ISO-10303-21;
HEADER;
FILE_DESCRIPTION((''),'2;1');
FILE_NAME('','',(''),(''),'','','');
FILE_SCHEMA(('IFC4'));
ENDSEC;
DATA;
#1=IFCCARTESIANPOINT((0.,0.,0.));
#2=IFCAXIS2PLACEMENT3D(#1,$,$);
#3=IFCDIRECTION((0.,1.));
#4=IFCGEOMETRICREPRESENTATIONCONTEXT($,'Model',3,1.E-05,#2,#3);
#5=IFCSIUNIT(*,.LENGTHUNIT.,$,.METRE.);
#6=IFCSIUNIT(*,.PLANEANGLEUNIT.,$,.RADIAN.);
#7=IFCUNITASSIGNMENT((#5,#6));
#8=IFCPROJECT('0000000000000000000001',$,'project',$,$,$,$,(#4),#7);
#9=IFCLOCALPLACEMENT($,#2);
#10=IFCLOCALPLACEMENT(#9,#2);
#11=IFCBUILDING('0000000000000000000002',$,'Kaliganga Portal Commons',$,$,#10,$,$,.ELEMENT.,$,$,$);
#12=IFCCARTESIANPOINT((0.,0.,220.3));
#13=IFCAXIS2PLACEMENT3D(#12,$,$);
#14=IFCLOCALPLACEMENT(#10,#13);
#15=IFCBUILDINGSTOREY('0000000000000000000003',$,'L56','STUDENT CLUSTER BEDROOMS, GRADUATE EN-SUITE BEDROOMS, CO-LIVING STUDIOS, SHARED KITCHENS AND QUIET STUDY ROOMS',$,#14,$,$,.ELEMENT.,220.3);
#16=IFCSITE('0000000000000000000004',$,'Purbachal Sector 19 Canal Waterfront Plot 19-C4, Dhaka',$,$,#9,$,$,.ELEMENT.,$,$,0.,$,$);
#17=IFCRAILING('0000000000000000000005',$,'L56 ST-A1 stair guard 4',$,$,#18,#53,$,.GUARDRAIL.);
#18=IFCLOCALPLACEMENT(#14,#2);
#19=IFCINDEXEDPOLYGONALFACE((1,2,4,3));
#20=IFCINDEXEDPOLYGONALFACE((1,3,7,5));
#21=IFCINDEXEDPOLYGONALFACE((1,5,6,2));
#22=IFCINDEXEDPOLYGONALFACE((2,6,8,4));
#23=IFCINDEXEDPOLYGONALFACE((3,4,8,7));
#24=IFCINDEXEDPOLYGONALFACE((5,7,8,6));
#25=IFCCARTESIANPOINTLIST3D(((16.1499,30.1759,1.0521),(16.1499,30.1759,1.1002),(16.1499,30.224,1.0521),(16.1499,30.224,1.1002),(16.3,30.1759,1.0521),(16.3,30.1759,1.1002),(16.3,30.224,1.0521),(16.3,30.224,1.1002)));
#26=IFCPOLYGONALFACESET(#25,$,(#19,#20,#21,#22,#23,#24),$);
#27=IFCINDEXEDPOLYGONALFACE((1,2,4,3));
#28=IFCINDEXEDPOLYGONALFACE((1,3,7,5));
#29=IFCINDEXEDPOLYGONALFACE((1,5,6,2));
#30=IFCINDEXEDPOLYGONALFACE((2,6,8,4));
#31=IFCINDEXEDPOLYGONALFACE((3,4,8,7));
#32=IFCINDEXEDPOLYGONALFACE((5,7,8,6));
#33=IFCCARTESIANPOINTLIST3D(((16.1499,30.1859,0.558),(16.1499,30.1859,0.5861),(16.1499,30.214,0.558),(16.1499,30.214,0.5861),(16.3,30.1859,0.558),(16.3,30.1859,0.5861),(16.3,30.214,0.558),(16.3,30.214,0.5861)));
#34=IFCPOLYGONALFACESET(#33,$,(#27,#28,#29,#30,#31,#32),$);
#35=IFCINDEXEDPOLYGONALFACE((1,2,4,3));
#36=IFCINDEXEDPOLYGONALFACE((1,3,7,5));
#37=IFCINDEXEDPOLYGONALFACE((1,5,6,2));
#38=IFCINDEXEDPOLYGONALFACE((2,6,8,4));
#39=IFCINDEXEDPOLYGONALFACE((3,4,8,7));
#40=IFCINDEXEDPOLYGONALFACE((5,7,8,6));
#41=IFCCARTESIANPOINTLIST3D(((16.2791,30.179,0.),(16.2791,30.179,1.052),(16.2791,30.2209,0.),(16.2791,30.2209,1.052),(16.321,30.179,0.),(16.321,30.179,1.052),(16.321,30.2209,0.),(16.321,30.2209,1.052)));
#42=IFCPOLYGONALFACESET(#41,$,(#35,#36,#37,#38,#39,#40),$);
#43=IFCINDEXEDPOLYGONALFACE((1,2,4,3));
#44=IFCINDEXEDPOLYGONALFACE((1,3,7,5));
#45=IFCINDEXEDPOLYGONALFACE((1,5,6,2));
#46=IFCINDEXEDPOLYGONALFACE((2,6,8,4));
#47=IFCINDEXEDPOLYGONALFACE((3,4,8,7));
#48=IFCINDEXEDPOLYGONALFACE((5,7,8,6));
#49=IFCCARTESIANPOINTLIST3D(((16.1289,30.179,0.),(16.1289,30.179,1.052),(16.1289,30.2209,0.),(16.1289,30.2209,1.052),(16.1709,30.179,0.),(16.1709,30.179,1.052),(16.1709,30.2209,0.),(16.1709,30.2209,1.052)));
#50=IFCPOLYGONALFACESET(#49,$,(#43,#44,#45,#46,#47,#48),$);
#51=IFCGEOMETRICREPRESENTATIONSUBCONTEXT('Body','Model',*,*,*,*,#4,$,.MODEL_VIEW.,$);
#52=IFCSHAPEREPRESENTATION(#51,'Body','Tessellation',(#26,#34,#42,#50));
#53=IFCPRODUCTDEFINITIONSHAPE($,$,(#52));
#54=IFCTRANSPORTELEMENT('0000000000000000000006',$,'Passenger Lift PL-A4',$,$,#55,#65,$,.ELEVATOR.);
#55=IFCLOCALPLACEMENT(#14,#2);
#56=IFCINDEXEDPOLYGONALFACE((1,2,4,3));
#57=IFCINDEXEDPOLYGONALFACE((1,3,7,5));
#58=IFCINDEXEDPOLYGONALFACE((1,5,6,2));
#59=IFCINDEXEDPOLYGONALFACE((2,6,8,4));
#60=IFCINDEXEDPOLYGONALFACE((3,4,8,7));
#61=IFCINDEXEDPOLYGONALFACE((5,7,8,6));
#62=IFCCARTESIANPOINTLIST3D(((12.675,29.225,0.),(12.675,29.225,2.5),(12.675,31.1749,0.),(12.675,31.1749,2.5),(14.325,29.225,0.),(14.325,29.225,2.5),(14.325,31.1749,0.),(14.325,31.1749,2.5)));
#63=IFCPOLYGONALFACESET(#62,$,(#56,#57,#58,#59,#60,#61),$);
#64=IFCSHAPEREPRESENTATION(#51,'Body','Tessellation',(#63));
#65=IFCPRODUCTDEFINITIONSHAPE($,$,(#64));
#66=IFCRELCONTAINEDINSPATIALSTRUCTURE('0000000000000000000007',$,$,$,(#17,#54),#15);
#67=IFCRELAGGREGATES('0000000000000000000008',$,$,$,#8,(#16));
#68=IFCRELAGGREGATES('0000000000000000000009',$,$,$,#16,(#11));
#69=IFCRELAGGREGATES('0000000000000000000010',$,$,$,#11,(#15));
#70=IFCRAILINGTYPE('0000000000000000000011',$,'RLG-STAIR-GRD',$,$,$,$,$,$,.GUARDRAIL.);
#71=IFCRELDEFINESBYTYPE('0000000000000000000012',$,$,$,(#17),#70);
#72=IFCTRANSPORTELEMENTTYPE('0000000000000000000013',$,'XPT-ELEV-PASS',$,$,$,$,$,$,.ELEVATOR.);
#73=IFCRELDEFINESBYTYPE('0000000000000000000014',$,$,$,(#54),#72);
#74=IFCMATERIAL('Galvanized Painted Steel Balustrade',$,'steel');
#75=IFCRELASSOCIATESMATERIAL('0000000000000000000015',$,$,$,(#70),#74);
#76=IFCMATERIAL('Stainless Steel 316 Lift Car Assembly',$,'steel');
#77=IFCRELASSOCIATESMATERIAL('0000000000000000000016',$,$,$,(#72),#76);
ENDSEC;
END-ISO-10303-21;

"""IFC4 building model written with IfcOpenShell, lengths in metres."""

from ifc_helpers import new_model, si_unit, direction, frame, origin, origin_2d, place, context, subcontext, project, spatial, rectangle, extrude, source, transform, mapped, material, type_object, element, save


model = new_model("IFC4")

# Units and contexts
model_context = context("Model", 3, precision=1e-05, world=origin(), true_north=direction((0.0, 1.0)))
body_context = subcontext(model_context, "Body", "Model", "MODEL_VIEW")
ifc_project = project(units=[si_unit("LENGTHUNIT", "METRE"), si_unit("PLANEANGLEUNIT", "RADIAN")], contexts=[model_context])

# Site, building, storey
site_placement = place(None, origin())
site = spatial("IfcSite", under=ifc_project, at=site_placement, Name="Purbachal Sector 19 Canal Waterfront Plot 19-C4, Dhaka", CompositionType="ELEMENT", RefElevation=0.0)
building_placement = place(site_placement, origin())
building = spatial("IfcBuilding", under=site, at=building_placement, Name="Kaliganga Portal Commons", CompositionType="ELEMENT")
storey_placement = place(building_placement, frame((0.0, 0.0, 220.3)))
storey = spatial("IfcBuildingStorey", under=building, at=storey_placement, Name="L56", Description="STUDENT CLUSTER BEDROOMS, GRADUATE EN-SUITE BEDROOMS, CO-LIVING STUDIOS, SHARED KITCHENS AND QUIET STUDY ROOMS", CompositionType="ELEMENT", Elevation=220.3)

# Railing
ifc_material_1 = material(Name="Galvanized Painted Steel Balustrade", Category="steel")
railing_type = type_object("IfcRailingType", Name="RLG-STAIR-GRD", PredefinedType="GUARDRAIL", material=ifc_material_1)
railing_placement = place(storey_placement, frame((16.3, 30.2, 0.0)))
element("IfcRailing", 1, at=railing_placement, inside=storey, type_object=railing_type, Name="L56 ST-A1 stair guard 4", PredefinedType="GUARDRAIL", context=body_context, shape_type="SweptSolid", body=[
    extrude(rectangle(XDim=0.0481, YDim=0.0481, at=origin_2d()), frame((0.0, 0.0, 1.0762), z_axis=(-1.0, 0.0, 0.0), x_axis=(0.0, -1.0, 0.0)), (0.0, 0.0, 1.0), 0.1501),
    extrude(rectangle(XDim=0.0281, YDim=0.0281, at=origin_2d()), frame((0.0, 0.0, 0.572), z_axis=(-1.0, 0.0, 0.0), x_axis=(0.0, -1.0, 0.0)), (0.0, 0.0, 1.0), 0.1501),
    extrude(rectangle(XDim=0.042, YDim=0.042, at=origin_2d()), origin(), (0.0, 0.0, 1.0), 1.052),
    extrude(rectangle(XDim=0.042, YDim=0.042, at=origin_2d()), frame((-0.1501, 0.0, 0.0)), (0.0, 0.0, 1.0), 1.052),
])

# Transport element
ifc_material_2 = material(Name="Stainless Steel 316 Lift Car Assembly", Category="steel")
transport_element_type = type_object("IfcTransportElementType", Name="XPT-ELEV-PASS", PredefinedType="ELEVATOR", material=ifc_material_2)
shared_shape_1 = source(origin(), body_context, "Body", "SweptSolid", [
    extrude(rectangle(XDim=1.6499, YDim=1.95, at=origin_2d()), origin(), (0.0, 0.0, 1.0), 2.5),
])
transport_element_placement = place(storey_placement, frame((13.5, 30.2, 0.0), z_axis=(0.0, 0.0, 1.0), x_axis=(1.0, 0.0, 0.0)))
element("IfcTransportElement", 2, at=transport_element_placement, inside=storey, type_object=transport_element_type, Name="Passenger Lift PL-A4", PredefinedType="ELEVATOR", context=body_context, shape_type="MappedRepresentation", body=[
    mapped(shared_shape_1, transform((0.0, 0.0, 0.0), x_axis=(1.0, 0.0, 0.0), y_axis=(0.0, 1.0, 0.0), z_axis=(0.0, 0.0, 1.0), scale=1.0)),
])

save(model, "model.ifc")
